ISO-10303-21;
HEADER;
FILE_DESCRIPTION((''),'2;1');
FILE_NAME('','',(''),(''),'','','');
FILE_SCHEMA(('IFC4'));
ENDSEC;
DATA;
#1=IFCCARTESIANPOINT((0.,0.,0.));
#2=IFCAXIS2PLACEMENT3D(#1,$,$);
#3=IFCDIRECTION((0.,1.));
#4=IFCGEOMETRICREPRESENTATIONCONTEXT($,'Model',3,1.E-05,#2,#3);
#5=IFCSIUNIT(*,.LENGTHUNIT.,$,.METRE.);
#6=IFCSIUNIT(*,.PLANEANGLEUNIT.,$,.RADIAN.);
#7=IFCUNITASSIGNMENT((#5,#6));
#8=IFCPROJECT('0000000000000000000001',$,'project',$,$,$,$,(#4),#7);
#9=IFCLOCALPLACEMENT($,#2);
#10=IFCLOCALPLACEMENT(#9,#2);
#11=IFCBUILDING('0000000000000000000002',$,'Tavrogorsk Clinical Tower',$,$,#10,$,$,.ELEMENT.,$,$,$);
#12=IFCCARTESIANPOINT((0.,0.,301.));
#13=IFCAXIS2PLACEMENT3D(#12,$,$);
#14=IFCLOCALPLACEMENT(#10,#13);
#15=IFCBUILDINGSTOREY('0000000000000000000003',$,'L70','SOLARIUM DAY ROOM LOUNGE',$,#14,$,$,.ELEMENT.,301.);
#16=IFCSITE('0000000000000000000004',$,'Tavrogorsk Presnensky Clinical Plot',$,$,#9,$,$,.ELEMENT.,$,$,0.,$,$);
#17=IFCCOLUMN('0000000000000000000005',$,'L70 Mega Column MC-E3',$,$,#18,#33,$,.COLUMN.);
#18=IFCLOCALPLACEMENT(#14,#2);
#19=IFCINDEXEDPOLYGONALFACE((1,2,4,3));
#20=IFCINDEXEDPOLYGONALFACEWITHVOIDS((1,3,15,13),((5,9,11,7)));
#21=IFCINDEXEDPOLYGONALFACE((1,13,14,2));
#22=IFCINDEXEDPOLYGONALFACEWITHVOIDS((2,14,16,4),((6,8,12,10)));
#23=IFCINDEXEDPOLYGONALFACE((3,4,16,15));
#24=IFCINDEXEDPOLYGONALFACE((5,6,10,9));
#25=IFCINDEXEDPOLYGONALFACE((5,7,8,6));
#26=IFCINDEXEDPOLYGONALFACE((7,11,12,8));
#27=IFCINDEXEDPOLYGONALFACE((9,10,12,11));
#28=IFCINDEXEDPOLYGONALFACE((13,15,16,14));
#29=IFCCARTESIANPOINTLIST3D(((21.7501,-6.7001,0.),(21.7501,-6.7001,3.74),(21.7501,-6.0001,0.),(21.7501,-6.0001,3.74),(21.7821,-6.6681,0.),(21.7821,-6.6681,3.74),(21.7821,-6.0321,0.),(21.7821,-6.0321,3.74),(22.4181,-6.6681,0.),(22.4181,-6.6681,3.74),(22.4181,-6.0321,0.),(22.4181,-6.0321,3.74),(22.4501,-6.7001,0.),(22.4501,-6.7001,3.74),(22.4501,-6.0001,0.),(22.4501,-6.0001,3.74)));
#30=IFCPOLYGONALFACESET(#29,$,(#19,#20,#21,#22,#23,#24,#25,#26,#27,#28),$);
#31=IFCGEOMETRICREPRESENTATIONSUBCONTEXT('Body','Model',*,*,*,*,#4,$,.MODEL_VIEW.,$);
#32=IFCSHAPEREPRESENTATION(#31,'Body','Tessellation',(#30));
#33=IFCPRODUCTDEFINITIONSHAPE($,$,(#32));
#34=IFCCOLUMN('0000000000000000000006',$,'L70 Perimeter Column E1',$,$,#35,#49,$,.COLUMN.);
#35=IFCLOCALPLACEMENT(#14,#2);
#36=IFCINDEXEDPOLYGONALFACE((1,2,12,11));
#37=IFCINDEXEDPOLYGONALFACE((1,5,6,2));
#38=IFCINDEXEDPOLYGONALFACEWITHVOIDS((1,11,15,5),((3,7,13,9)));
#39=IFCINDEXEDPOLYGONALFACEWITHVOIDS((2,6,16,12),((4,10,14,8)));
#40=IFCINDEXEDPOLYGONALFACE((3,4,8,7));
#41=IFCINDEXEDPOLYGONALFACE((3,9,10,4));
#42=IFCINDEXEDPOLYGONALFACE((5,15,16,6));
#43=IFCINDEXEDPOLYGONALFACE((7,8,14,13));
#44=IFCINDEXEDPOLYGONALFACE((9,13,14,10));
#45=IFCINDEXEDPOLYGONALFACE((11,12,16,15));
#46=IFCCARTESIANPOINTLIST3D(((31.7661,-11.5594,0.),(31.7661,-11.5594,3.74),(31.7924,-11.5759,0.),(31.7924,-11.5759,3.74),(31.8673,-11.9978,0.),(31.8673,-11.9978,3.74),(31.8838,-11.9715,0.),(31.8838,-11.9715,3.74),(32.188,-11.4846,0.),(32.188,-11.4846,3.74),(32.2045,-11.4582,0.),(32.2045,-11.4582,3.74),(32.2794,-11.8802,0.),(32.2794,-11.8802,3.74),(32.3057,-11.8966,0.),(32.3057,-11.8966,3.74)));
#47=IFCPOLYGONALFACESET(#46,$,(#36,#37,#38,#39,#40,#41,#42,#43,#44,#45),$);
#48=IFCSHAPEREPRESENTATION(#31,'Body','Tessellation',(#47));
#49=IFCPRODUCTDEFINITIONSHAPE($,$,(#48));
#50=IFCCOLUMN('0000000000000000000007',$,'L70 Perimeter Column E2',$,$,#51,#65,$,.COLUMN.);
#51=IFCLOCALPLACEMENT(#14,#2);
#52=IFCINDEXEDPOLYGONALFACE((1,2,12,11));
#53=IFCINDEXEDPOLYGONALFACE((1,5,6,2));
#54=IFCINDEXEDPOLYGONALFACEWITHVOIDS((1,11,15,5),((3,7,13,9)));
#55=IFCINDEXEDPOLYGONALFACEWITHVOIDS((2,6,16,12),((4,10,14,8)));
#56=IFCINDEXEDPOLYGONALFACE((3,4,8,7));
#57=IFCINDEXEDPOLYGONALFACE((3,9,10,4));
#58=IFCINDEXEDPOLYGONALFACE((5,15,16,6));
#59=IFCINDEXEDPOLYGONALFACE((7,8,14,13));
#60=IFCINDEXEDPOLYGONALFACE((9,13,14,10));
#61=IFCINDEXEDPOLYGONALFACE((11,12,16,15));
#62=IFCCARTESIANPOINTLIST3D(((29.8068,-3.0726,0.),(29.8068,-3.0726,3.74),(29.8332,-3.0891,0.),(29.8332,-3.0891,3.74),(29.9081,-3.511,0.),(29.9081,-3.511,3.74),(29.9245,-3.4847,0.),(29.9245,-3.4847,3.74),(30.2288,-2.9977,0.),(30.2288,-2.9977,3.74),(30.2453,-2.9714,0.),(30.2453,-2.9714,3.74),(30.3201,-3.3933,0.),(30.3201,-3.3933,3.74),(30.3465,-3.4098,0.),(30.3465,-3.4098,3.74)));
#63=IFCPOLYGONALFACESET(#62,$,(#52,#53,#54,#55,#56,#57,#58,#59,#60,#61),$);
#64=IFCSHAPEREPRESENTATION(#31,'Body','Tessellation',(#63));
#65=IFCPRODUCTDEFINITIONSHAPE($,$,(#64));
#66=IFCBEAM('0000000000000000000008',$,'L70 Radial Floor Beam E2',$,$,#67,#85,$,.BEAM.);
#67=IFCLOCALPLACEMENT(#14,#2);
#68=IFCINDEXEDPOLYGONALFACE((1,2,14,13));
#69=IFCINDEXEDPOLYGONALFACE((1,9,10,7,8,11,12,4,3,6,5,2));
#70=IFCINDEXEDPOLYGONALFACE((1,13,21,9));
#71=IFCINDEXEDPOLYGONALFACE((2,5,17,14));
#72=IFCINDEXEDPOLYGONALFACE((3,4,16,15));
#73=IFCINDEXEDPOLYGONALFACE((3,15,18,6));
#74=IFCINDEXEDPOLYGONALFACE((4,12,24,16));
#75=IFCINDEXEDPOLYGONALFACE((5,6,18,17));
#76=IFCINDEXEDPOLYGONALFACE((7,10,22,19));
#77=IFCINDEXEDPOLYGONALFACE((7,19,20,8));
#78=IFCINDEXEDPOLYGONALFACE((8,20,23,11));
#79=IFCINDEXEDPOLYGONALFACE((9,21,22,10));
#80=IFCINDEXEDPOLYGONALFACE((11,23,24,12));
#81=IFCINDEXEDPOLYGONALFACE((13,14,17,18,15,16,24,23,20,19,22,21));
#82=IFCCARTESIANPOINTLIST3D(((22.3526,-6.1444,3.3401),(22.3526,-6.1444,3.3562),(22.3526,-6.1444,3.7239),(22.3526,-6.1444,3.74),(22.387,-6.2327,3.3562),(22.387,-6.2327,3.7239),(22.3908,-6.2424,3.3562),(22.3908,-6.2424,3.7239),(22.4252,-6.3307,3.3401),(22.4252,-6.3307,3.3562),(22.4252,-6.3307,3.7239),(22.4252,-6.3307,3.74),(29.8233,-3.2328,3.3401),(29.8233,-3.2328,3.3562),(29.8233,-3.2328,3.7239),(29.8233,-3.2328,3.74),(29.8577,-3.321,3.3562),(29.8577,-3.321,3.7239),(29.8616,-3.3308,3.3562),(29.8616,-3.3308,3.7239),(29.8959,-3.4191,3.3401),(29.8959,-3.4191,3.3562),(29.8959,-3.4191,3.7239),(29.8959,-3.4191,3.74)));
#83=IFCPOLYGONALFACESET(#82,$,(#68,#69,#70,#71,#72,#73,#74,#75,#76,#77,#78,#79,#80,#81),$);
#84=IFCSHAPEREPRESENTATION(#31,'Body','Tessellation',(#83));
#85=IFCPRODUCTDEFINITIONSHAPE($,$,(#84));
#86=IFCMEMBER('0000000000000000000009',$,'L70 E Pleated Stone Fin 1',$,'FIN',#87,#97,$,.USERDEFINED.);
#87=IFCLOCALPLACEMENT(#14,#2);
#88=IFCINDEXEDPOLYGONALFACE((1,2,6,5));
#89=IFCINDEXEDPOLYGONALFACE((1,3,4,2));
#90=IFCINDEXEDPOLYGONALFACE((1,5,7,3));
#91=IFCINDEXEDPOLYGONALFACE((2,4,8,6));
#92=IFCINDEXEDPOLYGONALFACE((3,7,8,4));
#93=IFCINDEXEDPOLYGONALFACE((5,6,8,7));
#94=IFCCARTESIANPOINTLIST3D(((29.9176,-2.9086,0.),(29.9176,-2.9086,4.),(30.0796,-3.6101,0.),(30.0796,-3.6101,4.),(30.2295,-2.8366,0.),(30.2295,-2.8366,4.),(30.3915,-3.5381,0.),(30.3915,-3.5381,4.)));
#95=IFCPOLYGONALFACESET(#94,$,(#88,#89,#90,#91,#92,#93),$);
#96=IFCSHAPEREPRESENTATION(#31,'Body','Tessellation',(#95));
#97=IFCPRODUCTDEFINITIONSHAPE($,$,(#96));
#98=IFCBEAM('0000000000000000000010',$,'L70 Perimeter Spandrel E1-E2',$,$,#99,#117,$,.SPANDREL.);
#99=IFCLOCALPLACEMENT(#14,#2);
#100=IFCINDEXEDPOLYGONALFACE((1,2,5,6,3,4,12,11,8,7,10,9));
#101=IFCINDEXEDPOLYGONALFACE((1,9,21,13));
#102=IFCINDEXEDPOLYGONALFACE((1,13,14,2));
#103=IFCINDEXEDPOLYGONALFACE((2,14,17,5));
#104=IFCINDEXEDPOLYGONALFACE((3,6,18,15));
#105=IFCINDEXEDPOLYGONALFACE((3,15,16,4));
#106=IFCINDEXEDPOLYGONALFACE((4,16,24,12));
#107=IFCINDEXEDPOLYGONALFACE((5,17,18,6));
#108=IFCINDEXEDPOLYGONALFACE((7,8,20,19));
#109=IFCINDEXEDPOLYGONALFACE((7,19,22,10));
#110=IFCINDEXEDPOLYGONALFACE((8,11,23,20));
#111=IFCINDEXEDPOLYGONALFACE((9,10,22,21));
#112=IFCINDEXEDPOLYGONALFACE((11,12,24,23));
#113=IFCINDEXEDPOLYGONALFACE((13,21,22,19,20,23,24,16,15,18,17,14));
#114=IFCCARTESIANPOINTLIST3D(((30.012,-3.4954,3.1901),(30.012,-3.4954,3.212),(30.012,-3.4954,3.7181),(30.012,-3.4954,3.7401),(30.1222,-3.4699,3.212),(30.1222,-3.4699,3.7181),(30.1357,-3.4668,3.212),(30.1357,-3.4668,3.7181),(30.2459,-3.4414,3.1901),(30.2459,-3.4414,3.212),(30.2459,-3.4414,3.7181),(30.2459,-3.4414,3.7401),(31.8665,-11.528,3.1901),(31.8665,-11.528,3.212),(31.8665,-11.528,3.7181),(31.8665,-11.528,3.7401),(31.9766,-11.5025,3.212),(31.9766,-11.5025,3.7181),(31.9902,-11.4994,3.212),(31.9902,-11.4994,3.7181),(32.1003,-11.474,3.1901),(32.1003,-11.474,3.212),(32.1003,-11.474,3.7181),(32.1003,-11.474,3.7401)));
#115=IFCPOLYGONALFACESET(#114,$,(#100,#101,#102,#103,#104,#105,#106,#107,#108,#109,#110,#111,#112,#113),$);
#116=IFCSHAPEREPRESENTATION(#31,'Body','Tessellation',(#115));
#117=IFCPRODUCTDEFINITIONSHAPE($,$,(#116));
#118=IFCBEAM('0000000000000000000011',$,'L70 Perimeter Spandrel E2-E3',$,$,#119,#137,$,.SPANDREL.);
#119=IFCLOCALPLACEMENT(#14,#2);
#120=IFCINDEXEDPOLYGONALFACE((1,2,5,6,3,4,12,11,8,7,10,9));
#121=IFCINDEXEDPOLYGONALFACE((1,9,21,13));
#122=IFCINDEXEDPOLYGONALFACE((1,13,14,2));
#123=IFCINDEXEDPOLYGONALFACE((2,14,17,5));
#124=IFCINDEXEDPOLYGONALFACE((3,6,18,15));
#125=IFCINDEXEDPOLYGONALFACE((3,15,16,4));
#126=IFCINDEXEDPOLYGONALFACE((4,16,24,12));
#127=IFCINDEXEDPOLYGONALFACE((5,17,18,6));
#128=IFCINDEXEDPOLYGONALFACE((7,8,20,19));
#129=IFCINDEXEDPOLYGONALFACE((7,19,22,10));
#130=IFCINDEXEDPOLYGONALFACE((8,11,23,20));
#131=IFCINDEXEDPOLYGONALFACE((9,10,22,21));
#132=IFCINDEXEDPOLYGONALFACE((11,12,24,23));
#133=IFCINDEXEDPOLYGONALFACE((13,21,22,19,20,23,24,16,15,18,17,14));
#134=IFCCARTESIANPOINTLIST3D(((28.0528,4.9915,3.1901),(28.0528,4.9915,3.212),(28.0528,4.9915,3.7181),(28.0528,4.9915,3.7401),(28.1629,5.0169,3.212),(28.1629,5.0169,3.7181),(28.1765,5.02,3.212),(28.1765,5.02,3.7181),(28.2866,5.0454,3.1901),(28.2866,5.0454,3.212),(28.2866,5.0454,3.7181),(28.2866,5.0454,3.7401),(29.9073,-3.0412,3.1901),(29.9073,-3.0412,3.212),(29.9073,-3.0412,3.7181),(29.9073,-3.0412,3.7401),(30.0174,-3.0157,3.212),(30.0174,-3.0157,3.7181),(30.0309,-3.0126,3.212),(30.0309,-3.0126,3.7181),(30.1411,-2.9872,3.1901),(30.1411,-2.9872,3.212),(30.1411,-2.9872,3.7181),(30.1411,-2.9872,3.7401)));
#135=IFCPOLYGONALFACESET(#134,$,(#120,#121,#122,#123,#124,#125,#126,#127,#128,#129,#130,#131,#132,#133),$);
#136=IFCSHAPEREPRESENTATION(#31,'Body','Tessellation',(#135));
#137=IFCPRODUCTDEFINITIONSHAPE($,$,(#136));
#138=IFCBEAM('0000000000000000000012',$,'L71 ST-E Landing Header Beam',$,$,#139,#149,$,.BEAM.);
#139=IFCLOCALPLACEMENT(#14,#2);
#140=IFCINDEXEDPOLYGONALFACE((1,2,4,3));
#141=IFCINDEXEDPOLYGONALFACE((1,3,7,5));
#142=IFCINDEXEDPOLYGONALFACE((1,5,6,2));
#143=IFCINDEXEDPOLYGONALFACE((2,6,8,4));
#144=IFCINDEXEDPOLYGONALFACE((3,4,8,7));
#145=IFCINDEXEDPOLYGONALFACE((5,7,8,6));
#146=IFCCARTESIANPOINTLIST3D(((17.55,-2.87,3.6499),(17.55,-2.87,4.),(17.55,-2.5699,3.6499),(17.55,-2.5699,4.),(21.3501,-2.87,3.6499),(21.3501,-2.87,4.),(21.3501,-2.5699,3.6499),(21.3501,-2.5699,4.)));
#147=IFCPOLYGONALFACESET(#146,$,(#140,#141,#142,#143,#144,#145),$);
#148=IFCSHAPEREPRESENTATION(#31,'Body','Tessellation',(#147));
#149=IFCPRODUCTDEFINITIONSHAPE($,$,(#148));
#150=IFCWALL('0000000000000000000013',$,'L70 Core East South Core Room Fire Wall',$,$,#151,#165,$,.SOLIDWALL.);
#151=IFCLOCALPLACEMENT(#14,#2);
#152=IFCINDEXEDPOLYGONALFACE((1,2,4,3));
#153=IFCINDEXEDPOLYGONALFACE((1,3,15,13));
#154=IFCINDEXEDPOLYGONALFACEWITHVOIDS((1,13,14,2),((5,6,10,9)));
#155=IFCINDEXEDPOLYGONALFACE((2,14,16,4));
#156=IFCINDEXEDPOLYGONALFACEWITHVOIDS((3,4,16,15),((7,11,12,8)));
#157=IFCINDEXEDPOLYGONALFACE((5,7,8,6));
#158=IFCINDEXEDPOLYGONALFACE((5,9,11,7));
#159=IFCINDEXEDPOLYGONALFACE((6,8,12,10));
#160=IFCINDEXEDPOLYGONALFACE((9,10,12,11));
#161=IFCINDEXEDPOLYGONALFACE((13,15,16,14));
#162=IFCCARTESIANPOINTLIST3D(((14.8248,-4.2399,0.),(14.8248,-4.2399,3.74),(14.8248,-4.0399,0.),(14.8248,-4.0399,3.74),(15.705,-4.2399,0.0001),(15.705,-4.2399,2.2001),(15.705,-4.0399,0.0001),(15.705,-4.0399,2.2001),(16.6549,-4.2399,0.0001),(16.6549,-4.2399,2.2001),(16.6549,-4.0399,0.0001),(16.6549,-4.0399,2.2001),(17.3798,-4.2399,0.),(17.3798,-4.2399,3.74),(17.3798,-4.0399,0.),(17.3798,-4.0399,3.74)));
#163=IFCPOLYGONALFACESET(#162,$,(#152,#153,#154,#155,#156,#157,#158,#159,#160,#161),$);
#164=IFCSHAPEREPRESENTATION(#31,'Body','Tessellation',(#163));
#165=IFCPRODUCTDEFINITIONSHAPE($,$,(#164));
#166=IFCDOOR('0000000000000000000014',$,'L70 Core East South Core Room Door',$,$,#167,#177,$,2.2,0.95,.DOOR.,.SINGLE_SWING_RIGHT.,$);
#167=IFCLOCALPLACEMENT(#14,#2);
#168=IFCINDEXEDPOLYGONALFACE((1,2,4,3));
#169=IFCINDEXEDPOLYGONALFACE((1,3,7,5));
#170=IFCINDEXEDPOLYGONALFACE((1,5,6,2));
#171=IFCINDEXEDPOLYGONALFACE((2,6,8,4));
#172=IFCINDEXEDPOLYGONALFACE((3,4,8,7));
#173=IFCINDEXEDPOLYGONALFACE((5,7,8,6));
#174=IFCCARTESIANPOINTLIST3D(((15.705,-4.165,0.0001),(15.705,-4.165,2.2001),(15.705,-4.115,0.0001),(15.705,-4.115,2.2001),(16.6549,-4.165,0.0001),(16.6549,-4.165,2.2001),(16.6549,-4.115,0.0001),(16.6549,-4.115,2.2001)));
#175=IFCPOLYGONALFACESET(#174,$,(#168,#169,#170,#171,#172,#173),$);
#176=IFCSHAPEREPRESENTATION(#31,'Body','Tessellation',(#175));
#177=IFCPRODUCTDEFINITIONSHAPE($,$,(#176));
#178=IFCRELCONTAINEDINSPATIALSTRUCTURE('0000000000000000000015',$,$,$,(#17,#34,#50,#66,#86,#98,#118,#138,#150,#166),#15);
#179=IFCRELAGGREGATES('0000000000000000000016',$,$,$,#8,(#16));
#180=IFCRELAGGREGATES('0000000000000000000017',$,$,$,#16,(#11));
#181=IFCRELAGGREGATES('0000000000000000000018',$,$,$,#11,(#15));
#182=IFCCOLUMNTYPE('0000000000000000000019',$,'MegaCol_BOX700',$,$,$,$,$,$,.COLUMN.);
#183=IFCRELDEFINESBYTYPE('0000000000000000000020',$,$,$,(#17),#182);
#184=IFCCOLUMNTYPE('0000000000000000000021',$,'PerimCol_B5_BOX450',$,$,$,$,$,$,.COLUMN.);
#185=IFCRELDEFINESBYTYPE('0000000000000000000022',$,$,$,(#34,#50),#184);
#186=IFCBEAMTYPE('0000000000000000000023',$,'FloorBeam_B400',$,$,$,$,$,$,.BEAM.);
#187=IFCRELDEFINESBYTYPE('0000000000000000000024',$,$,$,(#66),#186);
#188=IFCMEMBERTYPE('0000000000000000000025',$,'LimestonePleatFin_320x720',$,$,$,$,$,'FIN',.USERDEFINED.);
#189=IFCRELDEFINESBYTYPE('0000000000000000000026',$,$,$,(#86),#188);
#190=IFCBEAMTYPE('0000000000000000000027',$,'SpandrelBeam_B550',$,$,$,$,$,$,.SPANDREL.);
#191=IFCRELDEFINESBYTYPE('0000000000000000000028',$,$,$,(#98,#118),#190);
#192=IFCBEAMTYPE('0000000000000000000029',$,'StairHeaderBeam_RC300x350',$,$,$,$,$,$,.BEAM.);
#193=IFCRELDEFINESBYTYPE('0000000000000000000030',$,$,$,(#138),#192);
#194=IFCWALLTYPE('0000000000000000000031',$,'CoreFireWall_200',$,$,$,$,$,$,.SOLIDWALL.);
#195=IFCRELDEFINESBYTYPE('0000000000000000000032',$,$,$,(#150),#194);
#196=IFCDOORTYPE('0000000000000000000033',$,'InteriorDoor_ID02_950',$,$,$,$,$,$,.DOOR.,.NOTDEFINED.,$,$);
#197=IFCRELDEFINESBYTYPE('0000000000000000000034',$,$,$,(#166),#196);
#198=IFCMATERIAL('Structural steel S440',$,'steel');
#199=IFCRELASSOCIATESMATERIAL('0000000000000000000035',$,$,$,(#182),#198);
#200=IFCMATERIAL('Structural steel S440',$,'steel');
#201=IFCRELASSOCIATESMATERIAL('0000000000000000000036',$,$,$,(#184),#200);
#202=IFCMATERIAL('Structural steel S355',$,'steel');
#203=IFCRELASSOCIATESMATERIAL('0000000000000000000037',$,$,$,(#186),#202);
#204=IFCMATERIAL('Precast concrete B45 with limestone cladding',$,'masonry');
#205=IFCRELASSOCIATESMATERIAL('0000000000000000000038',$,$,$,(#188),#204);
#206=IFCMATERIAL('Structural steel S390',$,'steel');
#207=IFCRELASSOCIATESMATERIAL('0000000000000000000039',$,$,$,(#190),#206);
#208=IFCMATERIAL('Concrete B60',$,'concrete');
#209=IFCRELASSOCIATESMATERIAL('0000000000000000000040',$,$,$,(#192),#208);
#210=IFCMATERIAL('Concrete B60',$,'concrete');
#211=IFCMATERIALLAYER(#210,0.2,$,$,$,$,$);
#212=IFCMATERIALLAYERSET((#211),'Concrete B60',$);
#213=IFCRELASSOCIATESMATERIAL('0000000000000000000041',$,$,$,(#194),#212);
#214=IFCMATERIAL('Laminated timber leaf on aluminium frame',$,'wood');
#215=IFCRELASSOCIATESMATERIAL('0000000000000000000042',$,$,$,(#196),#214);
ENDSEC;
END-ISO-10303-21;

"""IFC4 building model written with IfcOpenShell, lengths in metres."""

from ifc_helpers import new_model, si_unit, direction, frame, frame_2d, origin, origin_2d, place, context, subcontext, project, spatial, rectangle, hollow_rectangle, i_section, extrude, material, layer, layer_set, material_profile, profile_set, type_object, element, fill, save


model = new_model("IFC4")

# Units and contexts
model_context = context("Model", 3, precision=1e-05, world=origin(), true_north=direction((0.0, 1.0)))
body_context = subcontext(model_context, "Body", "Model", "MODEL_VIEW")
ifc_project = project(units=[si_unit("LENGTHUNIT", "METRE"), si_unit("PLANEANGLEUNIT", "RADIAN")], contexts=[model_context])

# Site, building, storey
site_placement = place(None, origin())
site = spatial("IfcSite", under=ifc_project, at=site_placement, Name="Tavrogorsk Presnensky Clinical Plot", CompositionType="ELEMENT", RefElevation=0.0)
building_placement = place(site_placement, origin())
building = spatial("IfcBuilding", under=site, at=building_placement, Name="Tavrogorsk Clinical Tower", CompositionType="ELEMENT")
storey_placement = place(building_placement, frame((0.0, 0.0, 301.0)))
storey = spatial("IfcBuildingStorey", under=building, at=storey_placement, Name="L70", Description="SOLARIUM DAY ROOM LOUNGE", CompositionType="ELEMENT", Elevation=301.0)

# Columns
ifc_material_1 = material(Name="Structural steel S440", Category="steel")
ifc_material_profile_1 = material_profile(ifc_material_1, hollow_rectangle(XDim=0.7, YDim=0.7, WallThickness=0.032, at=origin_2d()), Name="BOX-700x700x32")
ifc_profile_set_1 = profile_set([ifc_material_profile_1], Name="Structural steel S440")
column_type_1 = type_object("IfcColumnType", Name="MegaCol_BOX700", PredefinedType="COLUMN", material=ifc_profile_set_1)
column_placement = place(storey_placement, frame((22.1001, -6.3501, 0.0), z_axis=(0.0, 0.0, 1.0), x_axis=(1.0, 0.0, 0.0)))
element("IfcColumn", 1, at=column_placement, inside=storey, type_object=column_type_1, Name="L70 Mega Column MC-E3", PredefinedType="COLUMN", context=body_context, shape_type="SweptSolid", body=[
    extrude(hollow_rectangle(XDim=0.7, YDim=0.7, WallThickness=0.032, at=origin_2d()), origin(), (0.0, 0.0, 1.0), 3.74),
])
ifc_material_2 = material(Name="Structural steel S440", Category="steel")
ifc_material_profile_2 = material_profile(ifc_material_2, hollow_rectangle(XDim=0.45, YDim=0.45, WallThickness=0.022, at=origin_2d()), Name="BOX-450x450x22")
ifc_profile_set_2 = profile_set([ifc_material_profile_2], Name="Structural steel S440")
column_type_2 = type_object("IfcColumnType", Name="PerimCol_B5_BOX450", PredefinedType="COLUMN", material=ifc_profile_set_2)
for number, where, z_axis, x_axis, name in (
    (2, (32.0359, -11.728, 0.0), (0.0, 0.0, 1.0), (0.97437, 0.224951, 0.0), "L70 Perimeter Column E1"),
    (3, (30.0767, -3.2412, 0.0), (0.0, 0.0, 1.0), (0.97437, 0.224951, 0.0), "L70 Perimeter Column E2"),
):
    element("IfcColumn", number, at=place(storey_placement, frame(where, z_axis=z_axis, x_axis=x_axis)), inside=storey, type_object=column_type_2, Name=name, PredefinedType="COLUMN", context=body_context, shape_type="SweptSolid", body=[
        extrude(hollow_rectangle(XDim=0.45, YDim=0.45, WallThickness=0.022, at=origin_2d()), origin(), (0.0, 0.0, 1.0), 3.74),
    ])

# Beam
ifc_material_3 = material(Name="Structural steel S355", Category="steel")
ifc_material_profile_3 = material_profile(ifc_material_3, i_section(OverallWidth=0.2, OverallDepth=0.3999, WebThickness=0.0105, FlangeThickness=0.0161, at=origin_2d()), Name="B-400x200x10.5x16")
ifc_profile_set_3 = profile_set([ifc_material_profile_3], Name="Structural steel S355")
beam_type_1 = type_object("IfcBeamType", Name="FloorBeam_B400", PredefinedType="BEAM", material=ifc_profile_set_3)
beam_1_placement = place(storey_placement, frame((22.3889, -6.2375, 3.54), z_axis=(0.931737, 0.363134, 0.0), x_axis=(-0.363134, 0.931737, 0.0)))
element("IfcBeam", 4, at=beam_1_placement, inside=storey, type_object=beam_type_1, Name="L70 Radial Floor Beam E2", PredefinedType="BEAM", context=body_context, shape_type="SweptSolid", body=[
    extrude(i_section(OverallWidth=0.2, OverallDepth=0.3999, WebThickness=0.0105, FlangeThickness=0.0161, at=origin_2d()), origin(), (0.0, 0.0, 1.0), 8.0181),
])

# Member
ifc_material_4 = material(Name="Precast concrete B45 with limestone cladding", Category="masonry")
ifc_material_profile_4 = material_profile(ifc_material_4, rectangle(XDim=0.3201, YDim=0.72, at=origin_2d()), Name="LIMESTONE-FIN-320x720")
ifc_profile_set_4 = profile_set([ifc_material_profile_4], Name="Precast concrete B45 with limestone cladding")
member_type = type_object("IfcMemberType", Name="LimestonePleatFin_320x720", ElementType="FIN", PredefinedType="USERDEFINED", material=ifc_profile_set_4)
member_placement = place(storey_placement, frame((30.1545, -3.2234, 0.0), z_axis=(0.0, 0.0, 1.0), x_axis=(0.97437, 0.224951, 0.0)))
element("IfcMember", 5, at=member_placement, inside=storey, type_object=member_type, Name="L70 E Pleated Stone Fin 1", ObjectType="FIN", PredefinedType="USERDEFINED", context=body_context, shape_type="SweptSolid", body=[
    extrude(rectangle(XDim=0.3201, YDim=0.72, at=origin_2d()), origin(), (0.0, 0.0, 1.0), 4.0),
])

# Beams
ifc_material_5 = material(Name="Structural steel S390", Category="steel")
ifc_material_profile_5 = material_profile(ifc_material_5, i_section(OverallWidth=0.24, OverallDepth=0.55, WebThickness=0.0139, FlangeThickness=0.022, at=origin_2d()), Name="B-550x240x14x22")
ifc_profile_set_5 = profile_set([ifc_material_profile_5], Name="Structural steel S390")
beam_type_2 = type_object("IfcBeamType", Name="SpandrelBeam_B550", PredefinedType="SPANDREL", material=ifc_profile_set_5)
for number, where, z_axis, x_axis, name in (
    (6, (31.9834, -11.501, 3.4651), (-0.22495, 0.97437, 0.0), (-0.97437, -0.22495, 0.0), "L70 Perimeter Spandrel E1-E2"),
    (7, (30.0242, -3.0142, 3.4651), (-0.22495, 0.97437, 0.0), (-0.97437, -0.22495, 0.0), "L70 Perimeter Spandrel E2-E3"),
):
    element("IfcBeam", number, at=place(storey_placement, frame(where, z_axis=z_axis, x_axis=x_axis)), inside=storey, type_object=beam_type_2, Name=name, PredefinedType="SPANDREL", context=body_context, shape_type="SweptSolid", body=[
        extrude(i_section(OverallWidth=0.24, OverallDepth=0.55, WebThickness=0.0139, FlangeThickness=0.022, at=origin_2d()), origin(), (0.0, 0.0, 1.0), 8.2439),
    ])
ifc_material_6 = material(Name="Concrete B60", Category="concrete")
ifc_material_profile_6 = material_profile(ifc_material_6, rectangle(XDim=0.3, YDim=0.3501, at=origin_2d()), Name="RC-SHB-300x350")
ifc_profile_set_6 = profile_set([ifc_material_profile_6], Name="Concrete B60")
beam_type_3 = type_object("IfcBeamType", Name="StairHeaderBeam_RC300x350", PredefinedType="BEAM", material=ifc_profile_set_6)
beam_2_placement = place(storey_placement, frame((17.55, -2.72, 3.825), z_axis=(1.0, 0.0, 0.0), x_axis=(0.0, 1.0, 0.0)))
element("IfcBeam", 8, at=beam_2_placement, inside=storey, type_object=beam_type_3, Name="L71 ST-E Landing Header Beam", PredefinedType="BEAM", context=body_context, shape_type="SweptSolid", body=[
    extrude(rectangle(XDim=0.3, YDim=0.3501, at=origin_2d()), origin(), (0.0, 0.0, 1.0), 3.8),
])

# Wall, opening, door
ifc_material_7 = material(Name="Concrete B60", Category="concrete")
ifc_layer_1 = layer(ifc_material_7, 0.2)
ifc_layer_set_1 = layer_set([ifc_layer_1], Name="Concrete B60")
wall_type_1 = type_object("IfcWallType", Name="CoreFireWall_200", PredefinedType="SOLIDWALL", material=ifc_layer_set_1)
wall_1_placement = place(storey_placement, frame((14.825, -4.1399, 0.0), z_axis=(0.0, 0.0, 1.0), x_axis=(1.0, 0.0, 0.0)))
wall_1 = element("IfcWall", 9, at=wall_1_placement, inside=storey, type_object=wall_type_1, Name="L70 Core East South Core Room Fire Wall", PredefinedType="SOLIDWALL", context=body_context, shape_type="SweptSolid", body=[
    extrude(rectangle(XDim=2.5549, YDim=0.2, at=frame_2d((1.2773, 0.0))), origin(), (0.0, 0.0, 1.0), 3.74),
])
opening_1_placement = place(wall_1_placement, frame((0.8799, 0.0, 0.0)))
opening_1 = element("IfcOpeningElement", 10, at=opening_1_placement, cuts=wall_1, PredefinedType="OPENING", context=body_context, shape_type="SweptSolid", body=[
    extrude(rectangle(XDim=0.95, YDim=2.2, at=frame_2d((0.4751, 1.1001))), frame((0.0, 0.1099, 0.0), z_axis=(0.0, -1.0, 0.0), x_axis=(1.0, 0.0, 0.0)), (0.0, 0.0, 1.0), 0.22),
])
ifc_material_8 = material(Name="Laminated timber leaf on aluminium frame", Category="wood")
door_type_1 = type_object("IfcDoorType", Name="InteriorDoor_ID02_950", OperationType="NOTDEFINED", PredefinedType="DOOR", material=ifc_material_8)
door_1_placement = place(opening_1_placement, origin())
door_1 = element("IfcDoor", 11, at=door_1_placement, inside=storey, type_object=door_type_1, Name="L70 Core East South Core Room Door", OperationType="SINGLE_SWING_RIGHT", OverallHeight=2.2, OverallWidth=0.95, PredefinedType="DOOR", context=body_context, shape_type="SweptSolid", body=[
    extrude(rectangle(XDim=0.95, YDim=2.2, at=frame_2d((0.4751, 1.1001))), frame((0.0, 0.0249, 0.0), z_axis=(0.0, -1.0, 0.0), x_axis=(1.0, 0.0, 0.0)), (0.0, 0.0, 1.0), 0.05),
])
fill(opening_1, door_1)

save(model, "model.ifc")
